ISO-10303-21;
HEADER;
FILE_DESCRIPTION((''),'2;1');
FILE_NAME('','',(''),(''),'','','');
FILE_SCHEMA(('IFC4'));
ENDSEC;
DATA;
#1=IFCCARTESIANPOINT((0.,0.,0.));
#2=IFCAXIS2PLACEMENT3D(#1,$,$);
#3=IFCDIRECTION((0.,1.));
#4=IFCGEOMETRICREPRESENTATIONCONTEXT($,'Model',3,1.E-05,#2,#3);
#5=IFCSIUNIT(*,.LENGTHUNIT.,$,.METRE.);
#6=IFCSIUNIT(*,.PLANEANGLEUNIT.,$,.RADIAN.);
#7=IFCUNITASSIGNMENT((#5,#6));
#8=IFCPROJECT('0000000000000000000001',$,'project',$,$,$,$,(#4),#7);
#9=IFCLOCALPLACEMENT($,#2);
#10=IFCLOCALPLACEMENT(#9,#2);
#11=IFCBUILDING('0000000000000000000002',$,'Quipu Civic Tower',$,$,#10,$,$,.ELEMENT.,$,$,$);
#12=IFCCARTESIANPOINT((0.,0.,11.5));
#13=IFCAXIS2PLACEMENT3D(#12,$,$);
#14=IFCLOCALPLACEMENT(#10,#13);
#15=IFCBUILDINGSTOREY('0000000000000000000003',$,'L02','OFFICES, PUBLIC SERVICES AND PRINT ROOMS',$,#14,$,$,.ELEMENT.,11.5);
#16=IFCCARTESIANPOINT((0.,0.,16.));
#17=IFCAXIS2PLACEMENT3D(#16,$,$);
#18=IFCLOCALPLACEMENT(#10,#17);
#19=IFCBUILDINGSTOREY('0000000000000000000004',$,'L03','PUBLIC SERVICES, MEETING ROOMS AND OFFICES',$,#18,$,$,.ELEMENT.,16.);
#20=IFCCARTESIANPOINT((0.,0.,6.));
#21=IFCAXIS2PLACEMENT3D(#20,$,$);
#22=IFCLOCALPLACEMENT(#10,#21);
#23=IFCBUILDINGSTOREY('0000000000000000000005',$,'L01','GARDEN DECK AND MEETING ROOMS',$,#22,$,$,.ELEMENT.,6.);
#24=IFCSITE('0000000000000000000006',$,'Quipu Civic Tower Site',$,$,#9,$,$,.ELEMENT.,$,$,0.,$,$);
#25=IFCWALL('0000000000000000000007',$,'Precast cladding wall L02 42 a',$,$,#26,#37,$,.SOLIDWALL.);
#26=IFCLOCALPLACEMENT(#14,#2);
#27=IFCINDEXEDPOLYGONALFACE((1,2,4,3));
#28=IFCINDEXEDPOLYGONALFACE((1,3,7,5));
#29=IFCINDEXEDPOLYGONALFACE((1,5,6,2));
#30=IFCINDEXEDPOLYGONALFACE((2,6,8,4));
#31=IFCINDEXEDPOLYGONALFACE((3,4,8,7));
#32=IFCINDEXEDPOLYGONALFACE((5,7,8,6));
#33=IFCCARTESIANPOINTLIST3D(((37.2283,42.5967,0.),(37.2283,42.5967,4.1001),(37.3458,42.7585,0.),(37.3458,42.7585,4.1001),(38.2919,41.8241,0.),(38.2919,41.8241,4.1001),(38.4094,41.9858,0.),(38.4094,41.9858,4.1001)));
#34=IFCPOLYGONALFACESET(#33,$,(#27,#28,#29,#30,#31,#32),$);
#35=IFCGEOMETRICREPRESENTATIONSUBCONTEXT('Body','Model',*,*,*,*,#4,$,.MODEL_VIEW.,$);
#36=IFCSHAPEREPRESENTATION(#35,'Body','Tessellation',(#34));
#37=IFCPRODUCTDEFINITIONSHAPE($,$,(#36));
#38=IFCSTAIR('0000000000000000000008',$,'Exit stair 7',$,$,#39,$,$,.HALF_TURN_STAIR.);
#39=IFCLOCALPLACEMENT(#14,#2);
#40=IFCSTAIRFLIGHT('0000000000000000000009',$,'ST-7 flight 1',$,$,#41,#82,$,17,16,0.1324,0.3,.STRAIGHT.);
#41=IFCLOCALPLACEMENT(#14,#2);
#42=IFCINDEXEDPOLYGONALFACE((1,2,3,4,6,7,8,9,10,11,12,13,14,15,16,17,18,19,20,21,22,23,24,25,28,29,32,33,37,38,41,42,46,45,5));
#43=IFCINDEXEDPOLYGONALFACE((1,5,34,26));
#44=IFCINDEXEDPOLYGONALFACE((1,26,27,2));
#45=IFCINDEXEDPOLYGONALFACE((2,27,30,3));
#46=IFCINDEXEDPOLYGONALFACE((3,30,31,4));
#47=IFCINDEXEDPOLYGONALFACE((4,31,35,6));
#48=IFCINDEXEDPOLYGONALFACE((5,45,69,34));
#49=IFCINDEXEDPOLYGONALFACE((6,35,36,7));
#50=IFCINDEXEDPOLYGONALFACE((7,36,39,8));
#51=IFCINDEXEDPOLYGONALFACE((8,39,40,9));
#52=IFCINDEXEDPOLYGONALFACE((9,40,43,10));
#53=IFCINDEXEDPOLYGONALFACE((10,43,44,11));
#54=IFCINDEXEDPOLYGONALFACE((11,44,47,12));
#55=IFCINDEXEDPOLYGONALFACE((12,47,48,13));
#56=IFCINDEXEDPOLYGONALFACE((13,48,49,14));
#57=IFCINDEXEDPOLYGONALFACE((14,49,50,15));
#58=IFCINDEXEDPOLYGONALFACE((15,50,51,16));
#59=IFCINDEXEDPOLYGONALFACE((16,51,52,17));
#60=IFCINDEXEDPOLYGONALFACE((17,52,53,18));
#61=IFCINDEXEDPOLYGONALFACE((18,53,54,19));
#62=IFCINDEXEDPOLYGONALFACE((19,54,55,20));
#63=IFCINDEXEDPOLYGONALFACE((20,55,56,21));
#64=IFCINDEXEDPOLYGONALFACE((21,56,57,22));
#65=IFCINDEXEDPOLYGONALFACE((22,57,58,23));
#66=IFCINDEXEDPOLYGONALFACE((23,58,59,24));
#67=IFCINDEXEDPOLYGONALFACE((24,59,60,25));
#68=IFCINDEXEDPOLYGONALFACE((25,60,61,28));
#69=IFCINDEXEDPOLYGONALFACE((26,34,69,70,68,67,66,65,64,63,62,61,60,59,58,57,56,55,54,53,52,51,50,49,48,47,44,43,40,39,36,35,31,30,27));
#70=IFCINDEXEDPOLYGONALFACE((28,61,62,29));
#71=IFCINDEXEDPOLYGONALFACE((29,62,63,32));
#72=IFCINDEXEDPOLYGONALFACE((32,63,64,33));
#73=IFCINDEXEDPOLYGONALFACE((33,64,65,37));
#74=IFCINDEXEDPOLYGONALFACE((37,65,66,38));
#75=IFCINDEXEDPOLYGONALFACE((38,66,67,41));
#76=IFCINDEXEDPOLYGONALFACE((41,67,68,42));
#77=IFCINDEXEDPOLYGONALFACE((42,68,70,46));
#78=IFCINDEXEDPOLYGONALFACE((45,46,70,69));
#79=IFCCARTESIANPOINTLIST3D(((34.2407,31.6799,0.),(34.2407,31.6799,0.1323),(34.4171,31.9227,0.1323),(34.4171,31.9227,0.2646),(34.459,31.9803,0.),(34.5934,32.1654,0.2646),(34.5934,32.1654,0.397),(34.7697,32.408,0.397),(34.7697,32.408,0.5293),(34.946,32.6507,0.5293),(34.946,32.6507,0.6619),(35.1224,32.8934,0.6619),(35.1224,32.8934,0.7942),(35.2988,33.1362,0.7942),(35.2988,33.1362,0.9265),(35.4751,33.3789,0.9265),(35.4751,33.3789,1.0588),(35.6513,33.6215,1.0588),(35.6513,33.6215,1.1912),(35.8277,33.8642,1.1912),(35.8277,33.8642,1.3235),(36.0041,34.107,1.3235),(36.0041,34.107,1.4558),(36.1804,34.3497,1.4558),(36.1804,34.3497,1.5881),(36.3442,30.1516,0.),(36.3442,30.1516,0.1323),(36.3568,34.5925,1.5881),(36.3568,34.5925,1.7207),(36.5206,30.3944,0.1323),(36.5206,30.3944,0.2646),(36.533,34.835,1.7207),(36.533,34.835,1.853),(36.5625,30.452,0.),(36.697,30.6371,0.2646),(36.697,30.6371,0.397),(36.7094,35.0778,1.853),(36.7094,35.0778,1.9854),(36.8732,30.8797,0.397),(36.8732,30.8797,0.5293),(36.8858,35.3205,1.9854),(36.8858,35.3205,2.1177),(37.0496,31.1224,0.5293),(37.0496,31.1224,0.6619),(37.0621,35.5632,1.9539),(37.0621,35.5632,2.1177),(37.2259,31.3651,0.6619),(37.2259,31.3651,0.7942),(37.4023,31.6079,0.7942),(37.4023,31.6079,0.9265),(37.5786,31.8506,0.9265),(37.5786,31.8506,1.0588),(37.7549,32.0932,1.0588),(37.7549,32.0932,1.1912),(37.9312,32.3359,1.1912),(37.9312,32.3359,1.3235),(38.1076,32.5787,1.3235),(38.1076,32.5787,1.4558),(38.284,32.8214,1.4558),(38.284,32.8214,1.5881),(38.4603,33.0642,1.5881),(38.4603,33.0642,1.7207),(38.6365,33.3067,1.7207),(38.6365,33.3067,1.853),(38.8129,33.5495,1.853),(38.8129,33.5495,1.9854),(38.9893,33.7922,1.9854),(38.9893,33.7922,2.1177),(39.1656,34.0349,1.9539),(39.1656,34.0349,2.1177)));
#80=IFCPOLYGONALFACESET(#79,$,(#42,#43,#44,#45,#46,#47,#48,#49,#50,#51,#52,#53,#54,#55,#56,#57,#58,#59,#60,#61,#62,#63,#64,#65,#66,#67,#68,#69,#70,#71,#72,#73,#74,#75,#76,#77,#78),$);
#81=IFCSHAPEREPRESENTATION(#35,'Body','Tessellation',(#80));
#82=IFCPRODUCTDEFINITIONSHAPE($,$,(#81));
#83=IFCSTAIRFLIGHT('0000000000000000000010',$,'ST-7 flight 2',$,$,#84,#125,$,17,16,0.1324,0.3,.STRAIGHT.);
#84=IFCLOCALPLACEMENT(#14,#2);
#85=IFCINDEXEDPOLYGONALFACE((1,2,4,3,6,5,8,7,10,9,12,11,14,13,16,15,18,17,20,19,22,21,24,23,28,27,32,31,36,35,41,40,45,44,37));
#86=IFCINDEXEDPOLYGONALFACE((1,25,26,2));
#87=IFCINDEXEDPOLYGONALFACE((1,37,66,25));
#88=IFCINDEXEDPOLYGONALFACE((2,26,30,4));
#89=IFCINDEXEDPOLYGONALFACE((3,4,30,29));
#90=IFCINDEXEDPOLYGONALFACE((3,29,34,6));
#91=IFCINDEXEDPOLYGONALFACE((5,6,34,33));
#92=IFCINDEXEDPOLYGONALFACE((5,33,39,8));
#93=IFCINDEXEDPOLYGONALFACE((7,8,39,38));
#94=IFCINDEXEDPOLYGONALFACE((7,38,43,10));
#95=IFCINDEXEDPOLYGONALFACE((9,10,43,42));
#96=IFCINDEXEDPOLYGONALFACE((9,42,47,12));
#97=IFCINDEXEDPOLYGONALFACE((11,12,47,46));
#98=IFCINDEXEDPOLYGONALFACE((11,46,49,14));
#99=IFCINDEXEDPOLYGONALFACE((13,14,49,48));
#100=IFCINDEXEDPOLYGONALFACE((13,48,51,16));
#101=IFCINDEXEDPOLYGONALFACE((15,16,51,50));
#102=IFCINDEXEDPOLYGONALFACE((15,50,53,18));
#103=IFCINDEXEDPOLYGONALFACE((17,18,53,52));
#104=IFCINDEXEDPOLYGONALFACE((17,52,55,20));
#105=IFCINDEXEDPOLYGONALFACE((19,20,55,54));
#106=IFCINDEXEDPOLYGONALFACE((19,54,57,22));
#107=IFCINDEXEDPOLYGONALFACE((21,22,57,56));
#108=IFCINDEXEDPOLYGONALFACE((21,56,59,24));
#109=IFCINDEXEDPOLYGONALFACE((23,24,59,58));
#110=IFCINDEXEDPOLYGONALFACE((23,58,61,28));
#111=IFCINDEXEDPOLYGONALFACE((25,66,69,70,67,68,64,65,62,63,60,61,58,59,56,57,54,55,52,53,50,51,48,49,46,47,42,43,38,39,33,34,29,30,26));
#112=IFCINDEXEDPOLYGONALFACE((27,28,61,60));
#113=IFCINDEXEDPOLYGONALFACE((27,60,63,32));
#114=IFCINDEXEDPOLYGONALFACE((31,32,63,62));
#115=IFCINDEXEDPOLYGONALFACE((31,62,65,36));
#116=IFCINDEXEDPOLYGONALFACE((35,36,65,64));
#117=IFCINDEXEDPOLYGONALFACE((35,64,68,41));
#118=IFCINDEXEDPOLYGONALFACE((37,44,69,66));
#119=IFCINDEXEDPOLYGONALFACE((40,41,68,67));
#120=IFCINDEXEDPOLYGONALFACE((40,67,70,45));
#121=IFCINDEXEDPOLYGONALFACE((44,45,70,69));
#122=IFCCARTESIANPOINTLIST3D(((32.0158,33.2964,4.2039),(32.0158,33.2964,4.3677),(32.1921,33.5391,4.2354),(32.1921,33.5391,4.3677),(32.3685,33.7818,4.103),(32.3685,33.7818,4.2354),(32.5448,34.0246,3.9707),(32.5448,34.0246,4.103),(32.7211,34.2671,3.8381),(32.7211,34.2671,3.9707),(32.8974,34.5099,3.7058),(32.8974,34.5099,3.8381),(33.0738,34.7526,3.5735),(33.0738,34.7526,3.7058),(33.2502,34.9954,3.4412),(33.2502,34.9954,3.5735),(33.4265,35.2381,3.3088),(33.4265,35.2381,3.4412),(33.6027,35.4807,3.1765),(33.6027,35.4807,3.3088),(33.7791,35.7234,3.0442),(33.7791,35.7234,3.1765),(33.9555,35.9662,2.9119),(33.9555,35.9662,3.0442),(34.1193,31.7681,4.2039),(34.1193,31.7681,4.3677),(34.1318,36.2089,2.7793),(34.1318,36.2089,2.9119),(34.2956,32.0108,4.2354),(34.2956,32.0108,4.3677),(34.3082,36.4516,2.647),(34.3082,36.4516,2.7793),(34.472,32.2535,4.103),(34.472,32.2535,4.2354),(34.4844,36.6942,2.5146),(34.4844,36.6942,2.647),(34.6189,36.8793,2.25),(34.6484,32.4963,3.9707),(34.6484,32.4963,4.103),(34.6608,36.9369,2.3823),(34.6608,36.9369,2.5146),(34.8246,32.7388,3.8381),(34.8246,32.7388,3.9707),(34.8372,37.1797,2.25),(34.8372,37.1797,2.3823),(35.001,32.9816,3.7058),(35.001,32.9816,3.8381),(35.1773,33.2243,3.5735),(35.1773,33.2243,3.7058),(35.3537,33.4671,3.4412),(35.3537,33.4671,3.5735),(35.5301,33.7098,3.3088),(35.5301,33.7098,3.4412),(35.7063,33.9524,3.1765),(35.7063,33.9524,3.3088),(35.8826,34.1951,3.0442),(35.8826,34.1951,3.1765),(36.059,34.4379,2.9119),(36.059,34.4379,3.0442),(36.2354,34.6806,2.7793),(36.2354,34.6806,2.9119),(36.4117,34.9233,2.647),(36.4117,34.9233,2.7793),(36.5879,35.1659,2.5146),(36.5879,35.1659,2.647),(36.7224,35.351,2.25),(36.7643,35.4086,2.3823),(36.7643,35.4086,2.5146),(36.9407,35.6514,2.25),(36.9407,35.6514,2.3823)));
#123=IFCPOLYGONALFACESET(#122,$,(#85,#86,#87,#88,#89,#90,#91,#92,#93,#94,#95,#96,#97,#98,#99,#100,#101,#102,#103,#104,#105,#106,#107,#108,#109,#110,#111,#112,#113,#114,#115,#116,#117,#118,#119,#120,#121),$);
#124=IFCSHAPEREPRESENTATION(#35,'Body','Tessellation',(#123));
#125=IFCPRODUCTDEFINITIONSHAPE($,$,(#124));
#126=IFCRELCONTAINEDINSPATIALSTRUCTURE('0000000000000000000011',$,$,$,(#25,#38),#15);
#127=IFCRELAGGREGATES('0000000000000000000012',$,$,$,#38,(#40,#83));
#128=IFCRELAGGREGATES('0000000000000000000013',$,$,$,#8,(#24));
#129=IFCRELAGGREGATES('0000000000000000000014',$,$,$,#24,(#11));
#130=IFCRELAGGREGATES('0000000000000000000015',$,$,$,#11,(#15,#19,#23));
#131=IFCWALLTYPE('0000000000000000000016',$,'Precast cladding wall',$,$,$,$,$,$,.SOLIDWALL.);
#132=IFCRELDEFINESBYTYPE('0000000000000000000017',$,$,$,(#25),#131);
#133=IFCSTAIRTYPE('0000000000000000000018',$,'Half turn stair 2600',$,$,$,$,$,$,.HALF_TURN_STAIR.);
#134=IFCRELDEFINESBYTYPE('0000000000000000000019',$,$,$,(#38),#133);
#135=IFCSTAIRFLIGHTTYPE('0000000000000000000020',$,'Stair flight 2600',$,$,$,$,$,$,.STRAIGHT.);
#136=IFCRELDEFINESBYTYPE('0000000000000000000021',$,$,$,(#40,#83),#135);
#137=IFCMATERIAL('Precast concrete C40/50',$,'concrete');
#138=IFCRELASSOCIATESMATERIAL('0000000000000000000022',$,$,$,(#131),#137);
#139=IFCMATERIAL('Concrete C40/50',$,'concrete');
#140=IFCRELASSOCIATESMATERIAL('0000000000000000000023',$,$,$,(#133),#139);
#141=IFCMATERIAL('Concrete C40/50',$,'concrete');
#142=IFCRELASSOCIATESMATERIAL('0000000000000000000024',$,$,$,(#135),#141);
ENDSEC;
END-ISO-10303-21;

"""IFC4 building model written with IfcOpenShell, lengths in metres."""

from ifc_helpers import new_model, si_unit, direction, frame, frame_2d, origin, place, context, subcontext, project, spatial, polyline, rectangle, outline, extrude, material, type_object, element, aggregate, save


model = new_model("IFC4")

# Units and contexts
model_context = context("Model", 3, precision=1e-05, world=origin(), true_north=direction((0.0, 1.0)))
body_context = subcontext(model_context, "Body", "Model", "MODEL_VIEW")
ifc_project = project(units=[si_unit("LENGTHUNIT", "METRE"), si_unit("PLANEANGLEUNIT", "RADIAN")], contexts=[model_context])

# Site, building, storey
site_placement = place(None, origin())
site = spatial("IfcSite", under=ifc_project, at=site_placement, Name="Quipu Civic Tower Site", CompositionType="ELEMENT", RefElevation=0.0)
building_placement = place(site_placement, origin())
building = spatial("IfcBuilding", under=site, at=building_placement, Name="Quipu Civic Tower", CompositionType="ELEMENT")
storey_1_placement = place(building_placement, frame((0.0, 0.0, 11.5)))
storey_1 = spatial("IfcBuildingStorey", under=building, at=storey_1_placement, Name="L02", Description="OFFICES, PUBLIC SERVICES AND PRINT ROOMS", CompositionType="ELEMENT", Elevation=11.5)

# Shared definitions
storey_2_placement = place(building_placement, frame((0.0, 0.0, 16.0)))
storey_2 = spatial("IfcBuildingStorey", under=building, at=storey_2_placement, Name="L03", Description="PUBLIC SERVICES, MEETING ROOMS AND OFFICES", CompositionType="ELEMENT", Elevation=16.0)

# Shared definitions
storey_3_placement = place(building_placement, frame((0.0, 0.0, 6.0)))
storey_3 = spatial("IfcBuildingStorey", under=building, at=storey_3_placement, Name="L01", Description="GARDEN DECK AND MEETING ROOMS", CompositionType="ELEMENT", Elevation=6.0)

# Wall
ifc_material_1 = material(Name="Precast concrete C40/50", Category="concrete")
wall_type_1 = type_object("IfcWallType", Name="Precast cladding wall", PredefinedType="SOLIDWALL", material=ifc_material_1)
wall_1_placement = place(storey_1_placement, frame((38.3506, 41.905, 0.0), z_axis=(0.0, 0.0, 1.0), x_axis=(-0.809065, 0.587719, 0.0)))
element("IfcWall", 1, at=wall_1_placement, inside=storey_1, type_object=wall_type_1, Name="Precast cladding wall L02 42 a", PredefinedType="SOLIDWALL", context=body_context, shape_type="SweptSolid", body=[
    extrude(rectangle(XDim=1.3147, YDim=0.2, at=frame_2d((0.6572, 0.0))), origin(), (0.0, 0.0, 1.0), 4.1001),
])

# Stair, stair flights
ifc_material_2 = material(Name="Concrete C40/50", Category="concrete")
stair_type = type_object("IfcStairType", Name="Half turn stair 2600", PredefinedType="HALF_TURN_STAIR", material=ifc_material_2)
stair_placement = place(storey_1_placement, origin())
stair = element("IfcStair", 2, at=stair_placement, inside=storey_1, type_object=stair_type, Name="Exit stair 7", PredefinedType="HALF_TURN_STAIR")
ifc_material_3 = material(Name="Concrete C40/50", Category="concrete")
stair_flight_type = type_object("IfcStairFlightType", Name="Stair flight 2600", PredefinedType="STRAIGHT", material=ifc_material_3)
stair_flight_1_placement = place(storey_1_placement, frame((35.2925, 30.9158, 0.0), z_axis=(0.0, 0.0, 1.0), x_axis=(0.587785, 0.809017, 0.0)))
stair_flight_1 = element("IfcStairFlight", 3, at=stair_flight_1_placement, type_object=stair_flight_type, Name="ST-7 flight 1", NumberOfRisers=17, NumberOfTreads=16, PredefinedType="STRAIGHT", RiserHeight=0.1324, TreadLength=0.3, context=body_context, shape_type="SweptSolid", body=[
    extrude(outline(polyline([(0.0, 0.0), (0.0, 0.1323), (0.3, 0.1323), (0.3, 0.2646), (0.6001, 0.2646), (0.6001, 0.397), (0.8999, 0.397), (0.8999, 0.5293), (1.2, 0.5293), (1.2, 0.6619), (1.5, 0.6619), (1.5, 0.7942), (1.8, 0.7942), (1.8, 0.9265), (2.1001, 0.9265), (2.1001, 1.0588), (2.3999, 1.0588), (2.3999, 1.1912), (2.7, 1.1912), (2.7, 1.3235), (3.0, 1.3235), (3.0, 1.4558), (3.3, 1.4558), (3.3, 1.5881), (3.6001, 1.5881), (3.6001, 1.7207), (3.8999, 1.7207), (3.8999, 1.853), (4.2, 1.853), (4.2, 1.9854), (4.5, 1.9854), (4.5, 2.1177), (4.8, 2.1177), (4.8, 2.25), (4.8, 1.9539), (0.3713, 0.0), (0.0, 0.0)])), frame((0.0, 1.3, 0.0), z_axis=(0.0, -1.0, 0.0), x_axis=(1.0, 0.0, 0.0)), (0.0, 0.0, 1.0), 2.6001),
])
stair_flight_2_placement = place(storey_1_placement, frame((35.8889, 36.4155, 2.25), z_axis=(0.0, 0.0, 1.0), x_axis=(-0.587785, -0.809017, 0.0)))
stair_flight_2 = element("IfcStairFlight", 4, at=stair_flight_2_placement, type_object=stair_flight_type, Name="ST-7 flight 2", NumberOfRisers=17, NumberOfTreads=16, PredefinedType="STRAIGHT", RiserHeight=0.1324, TreadLength=0.3, context=body_context, shape_type="SweptSolid", body=[
    extrude(outline(polyline([(0.0, 0.0), (0.0, 0.1323), (0.3, 0.1323), (0.3, 0.2646), (0.6001, 0.2646), (0.6001, 0.397), (0.8999, 0.397), (0.8999, 0.5293), (1.2, 0.5293), (1.2, 0.6619), (1.5, 0.6619), (1.5, 0.7942), (1.8, 0.7942), (1.8, 0.9265), (2.1001, 0.9265), (2.1001, 1.0588), (2.3999, 1.0588), (2.3999, 1.1912), (2.7, 1.1912), (2.7, 1.3235), (3.0, 1.3235), (3.0, 1.4558), (3.3, 1.4558), (3.3, 1.5881), (3.6001, 1.5881), (3.6001, 1.7207), (3.8999, 1.7207), (3.8999, 1.853), (4.2, 1.853), (4.2, 1.9854), (4.5, 1.9854), (4.5, 2.1177), (4.8, 2.1177), (4.8, 2.25), (4.8, 1.9539), (0.3713, 0.0), (0.0, 0.0)])), frame((0.0, 1.3, 0.0), z_axis=(0.0, -1.0, 0.0), x_axis=(1.0, 0.0, 0.0)), (0.0, 0.0, 1.0), 2.6001),
])
aggregate(stair, [stair_flight_1, stair_flight_2])

save(model, "model.ifc")
